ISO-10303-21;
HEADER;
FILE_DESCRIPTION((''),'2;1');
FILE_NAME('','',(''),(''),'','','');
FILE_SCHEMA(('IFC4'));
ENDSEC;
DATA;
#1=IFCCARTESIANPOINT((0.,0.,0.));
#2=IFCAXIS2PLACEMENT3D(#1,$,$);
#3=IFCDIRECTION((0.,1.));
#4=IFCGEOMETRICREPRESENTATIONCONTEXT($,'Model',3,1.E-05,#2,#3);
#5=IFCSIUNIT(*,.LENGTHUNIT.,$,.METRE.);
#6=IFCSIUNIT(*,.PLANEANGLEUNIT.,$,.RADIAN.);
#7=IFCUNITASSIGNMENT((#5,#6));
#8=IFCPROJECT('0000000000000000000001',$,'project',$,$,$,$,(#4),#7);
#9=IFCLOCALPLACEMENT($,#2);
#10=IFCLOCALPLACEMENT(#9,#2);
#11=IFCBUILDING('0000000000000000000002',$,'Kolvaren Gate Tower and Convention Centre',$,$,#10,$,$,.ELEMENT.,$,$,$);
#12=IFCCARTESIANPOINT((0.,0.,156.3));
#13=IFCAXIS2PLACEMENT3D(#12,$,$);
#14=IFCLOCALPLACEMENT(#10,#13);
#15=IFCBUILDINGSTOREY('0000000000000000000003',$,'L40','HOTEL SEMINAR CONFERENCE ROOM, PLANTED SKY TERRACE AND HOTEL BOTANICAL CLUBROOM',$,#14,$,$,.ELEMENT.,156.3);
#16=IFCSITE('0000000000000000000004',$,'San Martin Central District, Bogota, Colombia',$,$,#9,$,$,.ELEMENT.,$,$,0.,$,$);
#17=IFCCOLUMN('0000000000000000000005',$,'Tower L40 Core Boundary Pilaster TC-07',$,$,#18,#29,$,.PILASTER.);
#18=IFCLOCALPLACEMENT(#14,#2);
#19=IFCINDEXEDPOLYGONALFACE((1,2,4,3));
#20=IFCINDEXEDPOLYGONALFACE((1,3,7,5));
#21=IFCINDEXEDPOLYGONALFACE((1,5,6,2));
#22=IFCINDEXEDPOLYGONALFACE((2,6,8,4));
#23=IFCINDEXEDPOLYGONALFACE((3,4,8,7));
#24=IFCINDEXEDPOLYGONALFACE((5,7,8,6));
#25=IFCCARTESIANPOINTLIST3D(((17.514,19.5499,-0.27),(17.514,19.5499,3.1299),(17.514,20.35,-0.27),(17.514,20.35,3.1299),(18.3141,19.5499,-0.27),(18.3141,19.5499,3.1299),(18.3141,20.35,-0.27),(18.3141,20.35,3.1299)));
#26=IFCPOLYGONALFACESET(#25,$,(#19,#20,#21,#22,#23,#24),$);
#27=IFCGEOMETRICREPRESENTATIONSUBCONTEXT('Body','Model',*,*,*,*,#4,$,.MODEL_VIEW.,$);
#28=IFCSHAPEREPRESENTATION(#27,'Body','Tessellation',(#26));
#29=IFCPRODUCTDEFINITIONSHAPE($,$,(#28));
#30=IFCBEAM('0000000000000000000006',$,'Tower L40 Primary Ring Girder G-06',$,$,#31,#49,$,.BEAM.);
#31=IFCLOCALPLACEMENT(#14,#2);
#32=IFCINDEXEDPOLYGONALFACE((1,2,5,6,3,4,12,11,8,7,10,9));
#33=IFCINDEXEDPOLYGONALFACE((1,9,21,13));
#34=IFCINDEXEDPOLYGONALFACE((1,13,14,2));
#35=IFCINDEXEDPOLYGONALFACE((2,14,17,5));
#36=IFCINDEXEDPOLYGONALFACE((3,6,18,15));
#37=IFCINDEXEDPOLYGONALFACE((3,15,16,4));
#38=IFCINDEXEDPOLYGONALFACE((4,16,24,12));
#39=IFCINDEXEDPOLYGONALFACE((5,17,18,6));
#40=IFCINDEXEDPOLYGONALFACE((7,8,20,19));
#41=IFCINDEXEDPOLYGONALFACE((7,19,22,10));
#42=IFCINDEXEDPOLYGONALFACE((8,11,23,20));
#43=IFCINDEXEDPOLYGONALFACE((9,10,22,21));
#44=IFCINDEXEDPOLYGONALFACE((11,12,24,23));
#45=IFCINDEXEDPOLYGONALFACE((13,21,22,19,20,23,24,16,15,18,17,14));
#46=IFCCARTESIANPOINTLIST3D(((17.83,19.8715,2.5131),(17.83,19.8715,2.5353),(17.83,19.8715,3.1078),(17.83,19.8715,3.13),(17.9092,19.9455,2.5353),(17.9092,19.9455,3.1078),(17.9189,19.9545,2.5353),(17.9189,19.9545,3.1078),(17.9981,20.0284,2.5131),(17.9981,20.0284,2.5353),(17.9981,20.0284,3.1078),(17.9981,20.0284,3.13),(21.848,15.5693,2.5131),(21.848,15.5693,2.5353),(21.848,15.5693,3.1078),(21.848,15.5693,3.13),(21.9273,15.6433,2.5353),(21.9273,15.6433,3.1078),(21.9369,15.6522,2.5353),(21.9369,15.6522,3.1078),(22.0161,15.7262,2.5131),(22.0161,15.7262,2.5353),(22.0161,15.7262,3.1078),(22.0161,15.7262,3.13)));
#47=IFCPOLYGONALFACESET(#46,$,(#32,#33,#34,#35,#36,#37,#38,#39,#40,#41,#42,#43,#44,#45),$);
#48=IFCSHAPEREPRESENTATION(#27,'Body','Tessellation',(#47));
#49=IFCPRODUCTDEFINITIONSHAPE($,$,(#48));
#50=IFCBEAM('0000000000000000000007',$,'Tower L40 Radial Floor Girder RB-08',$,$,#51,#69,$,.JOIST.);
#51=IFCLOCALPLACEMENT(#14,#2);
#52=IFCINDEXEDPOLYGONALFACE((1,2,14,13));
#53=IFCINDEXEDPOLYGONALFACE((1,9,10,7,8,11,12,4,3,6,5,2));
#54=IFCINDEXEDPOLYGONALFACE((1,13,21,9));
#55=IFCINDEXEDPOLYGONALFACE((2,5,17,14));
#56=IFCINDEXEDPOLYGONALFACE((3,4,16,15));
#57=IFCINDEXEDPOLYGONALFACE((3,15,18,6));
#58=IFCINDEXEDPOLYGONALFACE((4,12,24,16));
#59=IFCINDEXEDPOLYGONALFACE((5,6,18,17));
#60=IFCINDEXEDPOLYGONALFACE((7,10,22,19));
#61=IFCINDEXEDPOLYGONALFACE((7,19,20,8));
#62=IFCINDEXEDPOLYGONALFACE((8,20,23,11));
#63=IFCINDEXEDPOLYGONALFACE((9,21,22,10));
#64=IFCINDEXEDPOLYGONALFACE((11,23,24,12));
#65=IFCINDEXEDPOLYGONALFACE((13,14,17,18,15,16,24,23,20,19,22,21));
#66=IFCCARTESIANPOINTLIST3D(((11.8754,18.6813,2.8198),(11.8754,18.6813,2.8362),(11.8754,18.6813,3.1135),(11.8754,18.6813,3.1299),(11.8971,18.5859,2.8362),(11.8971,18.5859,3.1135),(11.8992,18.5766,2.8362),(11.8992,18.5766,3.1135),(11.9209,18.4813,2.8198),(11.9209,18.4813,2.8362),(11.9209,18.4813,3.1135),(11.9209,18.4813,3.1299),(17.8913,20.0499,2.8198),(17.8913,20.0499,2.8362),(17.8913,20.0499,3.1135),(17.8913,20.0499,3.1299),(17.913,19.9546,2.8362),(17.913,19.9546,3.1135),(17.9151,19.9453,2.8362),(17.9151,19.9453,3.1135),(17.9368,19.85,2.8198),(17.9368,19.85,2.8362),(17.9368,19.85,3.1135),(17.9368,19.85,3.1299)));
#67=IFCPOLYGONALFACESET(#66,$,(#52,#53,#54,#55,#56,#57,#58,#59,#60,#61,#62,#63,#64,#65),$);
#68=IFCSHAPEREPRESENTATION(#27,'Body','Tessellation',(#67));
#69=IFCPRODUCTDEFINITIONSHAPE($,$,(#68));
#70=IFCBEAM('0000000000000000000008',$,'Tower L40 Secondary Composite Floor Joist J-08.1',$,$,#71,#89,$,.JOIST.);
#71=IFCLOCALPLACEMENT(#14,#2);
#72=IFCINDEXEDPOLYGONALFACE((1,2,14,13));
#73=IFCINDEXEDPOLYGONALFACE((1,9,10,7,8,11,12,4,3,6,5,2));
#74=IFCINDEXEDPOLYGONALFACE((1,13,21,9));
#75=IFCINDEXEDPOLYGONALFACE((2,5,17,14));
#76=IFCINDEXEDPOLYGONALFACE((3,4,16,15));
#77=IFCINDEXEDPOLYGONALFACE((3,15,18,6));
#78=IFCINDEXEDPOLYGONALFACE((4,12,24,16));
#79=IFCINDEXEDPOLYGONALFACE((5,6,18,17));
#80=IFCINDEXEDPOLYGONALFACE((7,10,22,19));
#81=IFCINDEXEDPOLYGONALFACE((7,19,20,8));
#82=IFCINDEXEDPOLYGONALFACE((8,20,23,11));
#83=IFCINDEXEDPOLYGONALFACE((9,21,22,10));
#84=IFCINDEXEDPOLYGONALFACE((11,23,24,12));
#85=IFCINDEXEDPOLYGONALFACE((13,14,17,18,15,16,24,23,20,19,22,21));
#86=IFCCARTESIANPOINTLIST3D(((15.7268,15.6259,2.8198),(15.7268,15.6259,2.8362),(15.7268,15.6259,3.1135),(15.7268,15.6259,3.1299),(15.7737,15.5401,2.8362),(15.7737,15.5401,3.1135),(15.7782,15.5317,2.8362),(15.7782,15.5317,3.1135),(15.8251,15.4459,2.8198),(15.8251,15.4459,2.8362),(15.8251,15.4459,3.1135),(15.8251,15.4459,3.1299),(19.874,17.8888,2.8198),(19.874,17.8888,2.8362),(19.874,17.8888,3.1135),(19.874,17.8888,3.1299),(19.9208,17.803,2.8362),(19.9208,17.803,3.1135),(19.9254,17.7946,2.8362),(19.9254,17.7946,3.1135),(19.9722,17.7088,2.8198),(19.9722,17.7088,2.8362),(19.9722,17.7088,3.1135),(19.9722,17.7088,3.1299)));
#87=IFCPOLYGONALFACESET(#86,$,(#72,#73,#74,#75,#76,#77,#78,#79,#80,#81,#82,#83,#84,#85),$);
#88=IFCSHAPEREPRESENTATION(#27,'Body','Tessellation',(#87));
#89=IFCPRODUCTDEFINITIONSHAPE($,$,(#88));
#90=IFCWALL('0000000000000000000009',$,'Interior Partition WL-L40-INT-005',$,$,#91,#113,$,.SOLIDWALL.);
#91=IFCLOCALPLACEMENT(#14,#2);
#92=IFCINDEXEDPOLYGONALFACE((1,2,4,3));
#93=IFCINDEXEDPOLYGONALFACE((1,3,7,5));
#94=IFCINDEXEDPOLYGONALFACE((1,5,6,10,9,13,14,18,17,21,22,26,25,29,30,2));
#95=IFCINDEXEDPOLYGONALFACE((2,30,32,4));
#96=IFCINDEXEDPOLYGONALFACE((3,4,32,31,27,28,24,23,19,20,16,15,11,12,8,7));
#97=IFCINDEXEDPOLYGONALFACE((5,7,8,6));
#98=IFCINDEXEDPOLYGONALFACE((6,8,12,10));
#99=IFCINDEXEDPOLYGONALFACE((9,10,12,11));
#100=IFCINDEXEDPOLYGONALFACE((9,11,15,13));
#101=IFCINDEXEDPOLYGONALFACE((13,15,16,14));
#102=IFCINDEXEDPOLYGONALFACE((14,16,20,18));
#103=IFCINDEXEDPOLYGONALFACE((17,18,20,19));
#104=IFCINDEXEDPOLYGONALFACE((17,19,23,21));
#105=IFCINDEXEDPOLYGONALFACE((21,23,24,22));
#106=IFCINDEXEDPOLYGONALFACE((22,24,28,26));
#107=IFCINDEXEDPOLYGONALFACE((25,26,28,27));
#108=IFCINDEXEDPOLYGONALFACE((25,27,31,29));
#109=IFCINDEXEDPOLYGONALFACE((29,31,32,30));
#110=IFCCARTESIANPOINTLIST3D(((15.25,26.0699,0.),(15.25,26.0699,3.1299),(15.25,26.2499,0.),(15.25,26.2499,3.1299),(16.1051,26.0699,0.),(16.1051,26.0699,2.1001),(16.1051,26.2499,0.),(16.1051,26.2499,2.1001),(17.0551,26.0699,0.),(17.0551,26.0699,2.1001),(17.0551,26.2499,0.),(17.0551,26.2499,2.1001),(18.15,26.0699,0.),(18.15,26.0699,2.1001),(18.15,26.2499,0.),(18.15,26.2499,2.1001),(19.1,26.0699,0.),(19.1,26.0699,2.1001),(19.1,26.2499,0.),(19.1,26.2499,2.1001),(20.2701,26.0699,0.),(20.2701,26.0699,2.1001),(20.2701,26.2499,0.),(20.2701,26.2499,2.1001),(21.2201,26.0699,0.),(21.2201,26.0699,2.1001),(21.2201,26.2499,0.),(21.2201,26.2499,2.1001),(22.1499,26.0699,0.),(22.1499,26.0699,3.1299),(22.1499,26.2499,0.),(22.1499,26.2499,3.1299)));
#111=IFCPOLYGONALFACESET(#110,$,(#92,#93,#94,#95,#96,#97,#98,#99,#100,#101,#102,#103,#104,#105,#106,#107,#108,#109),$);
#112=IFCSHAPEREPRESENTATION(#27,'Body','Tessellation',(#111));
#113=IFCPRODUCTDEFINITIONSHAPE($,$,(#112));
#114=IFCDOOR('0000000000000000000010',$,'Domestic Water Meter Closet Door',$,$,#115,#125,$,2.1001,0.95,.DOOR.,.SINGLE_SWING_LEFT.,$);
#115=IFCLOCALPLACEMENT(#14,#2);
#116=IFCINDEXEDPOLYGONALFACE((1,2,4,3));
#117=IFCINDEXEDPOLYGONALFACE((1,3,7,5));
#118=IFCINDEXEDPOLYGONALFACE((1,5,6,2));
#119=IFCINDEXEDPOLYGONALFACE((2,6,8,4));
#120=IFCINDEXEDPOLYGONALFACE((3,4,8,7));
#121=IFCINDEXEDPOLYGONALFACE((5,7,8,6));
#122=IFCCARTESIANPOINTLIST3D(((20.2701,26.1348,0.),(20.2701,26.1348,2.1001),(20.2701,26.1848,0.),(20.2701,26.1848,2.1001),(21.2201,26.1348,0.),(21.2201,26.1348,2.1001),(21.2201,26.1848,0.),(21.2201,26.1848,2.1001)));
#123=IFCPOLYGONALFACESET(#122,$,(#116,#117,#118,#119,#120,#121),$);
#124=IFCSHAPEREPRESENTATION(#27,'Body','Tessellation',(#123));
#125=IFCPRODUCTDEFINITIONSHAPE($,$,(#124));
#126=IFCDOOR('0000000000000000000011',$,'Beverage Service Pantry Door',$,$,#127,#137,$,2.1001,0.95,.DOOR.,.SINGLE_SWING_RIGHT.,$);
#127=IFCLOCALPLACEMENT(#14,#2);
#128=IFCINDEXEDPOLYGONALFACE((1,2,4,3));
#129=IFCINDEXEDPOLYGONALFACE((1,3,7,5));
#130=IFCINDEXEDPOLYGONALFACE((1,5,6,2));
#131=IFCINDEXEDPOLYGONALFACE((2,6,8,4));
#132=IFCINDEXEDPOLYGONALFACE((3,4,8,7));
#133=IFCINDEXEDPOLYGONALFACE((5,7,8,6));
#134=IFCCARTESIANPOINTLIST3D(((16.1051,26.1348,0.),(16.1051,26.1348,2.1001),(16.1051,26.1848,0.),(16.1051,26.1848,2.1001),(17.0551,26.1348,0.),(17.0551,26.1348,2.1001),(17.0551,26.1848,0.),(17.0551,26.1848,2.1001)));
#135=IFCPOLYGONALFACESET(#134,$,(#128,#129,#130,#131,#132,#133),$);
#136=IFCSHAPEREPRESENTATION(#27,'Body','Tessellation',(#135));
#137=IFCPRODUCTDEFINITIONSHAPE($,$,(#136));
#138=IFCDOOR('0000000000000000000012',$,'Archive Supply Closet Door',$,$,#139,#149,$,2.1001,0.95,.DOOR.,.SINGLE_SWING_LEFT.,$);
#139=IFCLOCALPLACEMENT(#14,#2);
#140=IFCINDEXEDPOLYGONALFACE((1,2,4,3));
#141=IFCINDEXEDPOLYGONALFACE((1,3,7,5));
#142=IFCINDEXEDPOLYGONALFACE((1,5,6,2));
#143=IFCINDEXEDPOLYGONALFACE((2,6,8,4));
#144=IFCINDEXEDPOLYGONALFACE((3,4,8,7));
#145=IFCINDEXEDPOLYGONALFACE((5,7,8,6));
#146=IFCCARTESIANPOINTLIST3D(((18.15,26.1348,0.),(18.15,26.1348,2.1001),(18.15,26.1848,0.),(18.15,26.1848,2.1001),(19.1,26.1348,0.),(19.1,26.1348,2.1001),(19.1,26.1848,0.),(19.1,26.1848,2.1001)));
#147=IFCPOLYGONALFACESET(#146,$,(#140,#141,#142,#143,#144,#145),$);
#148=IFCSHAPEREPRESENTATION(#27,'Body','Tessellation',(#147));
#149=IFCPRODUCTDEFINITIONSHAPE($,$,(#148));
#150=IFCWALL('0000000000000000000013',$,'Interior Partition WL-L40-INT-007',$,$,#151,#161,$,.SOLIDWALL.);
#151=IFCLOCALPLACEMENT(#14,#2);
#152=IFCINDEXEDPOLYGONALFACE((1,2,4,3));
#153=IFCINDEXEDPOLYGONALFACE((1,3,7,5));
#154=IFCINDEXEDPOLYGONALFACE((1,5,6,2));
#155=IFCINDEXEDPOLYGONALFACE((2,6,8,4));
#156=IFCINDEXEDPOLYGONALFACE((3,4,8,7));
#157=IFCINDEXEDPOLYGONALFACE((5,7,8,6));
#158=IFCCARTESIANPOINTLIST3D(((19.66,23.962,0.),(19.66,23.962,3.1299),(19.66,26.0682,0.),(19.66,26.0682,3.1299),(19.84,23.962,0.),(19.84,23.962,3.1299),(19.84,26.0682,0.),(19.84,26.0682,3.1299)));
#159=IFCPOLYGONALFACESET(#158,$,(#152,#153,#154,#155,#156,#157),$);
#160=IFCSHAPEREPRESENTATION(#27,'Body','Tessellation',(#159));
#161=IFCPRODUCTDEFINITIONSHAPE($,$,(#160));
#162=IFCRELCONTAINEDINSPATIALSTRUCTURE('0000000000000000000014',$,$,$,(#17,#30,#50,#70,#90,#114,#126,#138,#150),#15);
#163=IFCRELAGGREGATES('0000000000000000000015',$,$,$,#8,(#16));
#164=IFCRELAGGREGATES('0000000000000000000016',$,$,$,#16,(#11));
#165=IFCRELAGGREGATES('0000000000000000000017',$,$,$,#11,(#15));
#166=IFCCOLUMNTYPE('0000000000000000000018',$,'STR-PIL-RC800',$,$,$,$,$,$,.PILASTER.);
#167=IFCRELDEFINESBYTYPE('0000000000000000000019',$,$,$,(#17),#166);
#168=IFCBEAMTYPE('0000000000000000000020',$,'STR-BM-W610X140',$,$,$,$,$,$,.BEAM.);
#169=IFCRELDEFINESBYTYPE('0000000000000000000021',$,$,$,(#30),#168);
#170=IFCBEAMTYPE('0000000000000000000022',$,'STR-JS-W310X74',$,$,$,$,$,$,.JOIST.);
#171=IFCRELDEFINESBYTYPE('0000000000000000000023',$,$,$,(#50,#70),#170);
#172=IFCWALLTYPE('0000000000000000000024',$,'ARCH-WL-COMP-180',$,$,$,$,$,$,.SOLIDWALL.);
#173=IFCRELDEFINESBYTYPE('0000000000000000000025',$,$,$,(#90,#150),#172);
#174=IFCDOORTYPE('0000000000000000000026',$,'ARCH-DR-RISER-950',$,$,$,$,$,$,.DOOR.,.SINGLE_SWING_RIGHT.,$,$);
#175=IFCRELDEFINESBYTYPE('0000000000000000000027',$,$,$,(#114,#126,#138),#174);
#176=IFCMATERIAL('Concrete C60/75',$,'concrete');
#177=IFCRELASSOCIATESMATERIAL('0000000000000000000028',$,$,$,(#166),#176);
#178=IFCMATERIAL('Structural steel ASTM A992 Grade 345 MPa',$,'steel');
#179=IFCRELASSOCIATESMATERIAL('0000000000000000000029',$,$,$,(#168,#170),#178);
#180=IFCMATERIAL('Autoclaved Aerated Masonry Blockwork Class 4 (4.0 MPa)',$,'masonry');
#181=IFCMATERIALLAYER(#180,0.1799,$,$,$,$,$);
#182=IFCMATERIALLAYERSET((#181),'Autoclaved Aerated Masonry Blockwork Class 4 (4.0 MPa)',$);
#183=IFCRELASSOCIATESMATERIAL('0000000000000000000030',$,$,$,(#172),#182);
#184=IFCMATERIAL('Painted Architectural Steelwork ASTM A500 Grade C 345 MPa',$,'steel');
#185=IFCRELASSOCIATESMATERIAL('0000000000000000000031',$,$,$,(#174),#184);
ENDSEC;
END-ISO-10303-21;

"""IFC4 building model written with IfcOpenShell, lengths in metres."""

from ifc_helpers import new_model, si_unit, direction, frame, frame_2d, origin, origin_2d, place, context, subcontext, project, spatial, rectangle, i_section, extrude, material, layer, layer_set, material_profile, profile_set, type_object, element, fill, save


model = new_model("IFC4")

# Units and contexts
model_context = context("Model", 3, precision=1e-05, world=origin(), true_north=direction((0.0, 1.0)))
body_context = subcontext(model_context, "Body", "Model", "MODEL_VIEW")
ifc_project = project(units=[si_unit("LENGTHUNIT", "METRE"), si_unit("PLANEANGLEUNIT", "RADIAN")], contexts=[model_context])

# Site, building, storey
site_placement = place(None, origin())
site = spatial("IfcSite", under=ifc_project, at=site_placement, Name="San Martin Central District, Bogota, Colombia", CompositionType="ELEMENT", RefElevation=0.0)
building_placement = place(site_placement, origin())
building = spatial("IfcBuilding", under=site, at=building_placement, Name="Kolvaren Gate Tower and Convention Centre", CompositionType="ELEMENT")
storey_placement = place(building_placement, frame((0.0, 0.0, 156.3)))
storey = spatial("IfcBuildingStorey", under=building, at=storey_placement, Name="L40", Description="HOTEL SEMINAR CONFERENCE ROOM, PLANTED SKY TERRACE AND HOTEL BOTANICAL CLUBROOM", CompositionType="ELEMENT", Elevation=156.3)

# Column
ifc_material_1 = material(Name="Concrete C60/75", Category="concrete")
ifc_material_profile_1 = material_profile(ifc_material_1, rectangle(XDim=0.8, YDim=0.8, at=origin_2d()), Name="RC-COL-800X800")
ifc_profile_set_1 = profile_set([ifc_material_profile_1], Name="Concrete C60/75")
column_type = type_object("IfcColumnType", Name="STR-PIL-RC800", PredefinedType="PILASTER", material=ifc_profile_set_1)
column_placement = place(storey_placement, frame((17.9141, 19.95, -0.27), z_axis=(0.0, 0.0, 1.0), x_axis=(1.0, 0.0, 0.0)))
element("IfcColumn", 1, at=column_placement, inside=storey, type_object=column_type, Name="Tower L40 Core Boundary Pilaster TC-07", PredefinedType="PILASTER", context=body_context, shape_type="SweptSolid", body=[
    extrude(rectangle(XDim=0.8, YDim=0.8, at=origin_2d()), origin(), (0.0, 0.0, 1.0), 3.3999),
])

# Beams
ifc_material_2 = material(Name="Structural steel ASTM A992 Grade 345 MPa", Category="steel")
ifc_material_profile_2 = material_profile(ifc_material_2, i_section(OverallWidth=0.23, OverallDepth=0.6169, WebThickness=0.0132, FlangeThickness=0.0222, at=origin_2d()), Name="W610X140")
ifc_profile_set_2 = profile_set([ifc_material_profile_2], Name="Structural steel ASTM A992 Grade 345 MPa")
beam_type_1 = type_object("IfcBeamType", Name="STR-BM-W610X140", PredefinedType="BEAM", material=ifc_profile_set_2)
beam_1_placement = place(storey_placement, frame((17.9141, 19.95, 2.8215), z_axis=(0.682558, -0.730832, 0.0), x_axis=(0.730832, 0.682558, 0.0)))
element("IfcBeam", 2, at=beam_1_placement, inside=storey, type_object=beam_type_1, Name="Tower L40 Primary Ring Girder G-06", PredefinedType="BEAM", context=body_context, shape_type="SweptSolid", body=[
    extrude(i_section(OverallWidth=0.23, OverallDepth=0.6169, WebThickness=0.0132, FlangeThickness=0.0222, at=origin_2d()), origin(), (0.0, 0.0, 1.0), 5.8867),
])
ifc_material_profile_3 = material_profile(ifc_material_2, i_section(OverallWidth=0.2051, OverallDepth=0.3101, WebThickness=0.0095, FlangeThickness=0.0164, at=origin_2d()), Name="W310X74")
ifc_profile_set_3 = profile_set([ifc_material_profile_3], Name="Structural steel ASTM A992 Grade 345 MPa")
beam_type_2 = type_object("IfcBeamType", Name="STR-JS-W310X74", PredefinedType="JOIST", material=ifc_profile_set_3)
beam_2_placement = place(storey_placement, frame((17.9141, 19.95, 2.9749), z_axis=(-0.975083, -0.221838, 0.0), x_axis=(0.221838, -0.975083, 0.0)))
element("IfcBeam", 3, at=beam_2_placement, inside=storey, type_object=beam_type_2, Name="Tower L40 Radial Floor Girder RB-08", PredefinedType="JOIST", context=body_context, shape_type="SweptSolid", body=[
    extrude(i_section(OverallWidth=0.2051, OverallDepth=0.3101, WebThickness=0.0095, FlangeThickness=0.0164, at=origin_2d()), origin(), (0.0, 0.0, 1.0), 6.1697),
])
beam_3_placement = place(storey_placement, frame((19.9231, 17.7988, 2.9749), z_axis=(-0.877822, -0.478986, 0.0), x_axis=(0.478986, -0.877822, 0.0)))
element("IfcBeam", 4, at=beam_3_placement, inside=storey, type_object=beam_type_2, Name="Tower L40 Secondary Composite Floor Joist J-08.1", PredefinedType="JOIST", context=body_context, shape_type="SweptSolid", body=[
    extrude(i_section(OverallWidth=0.2051, OverallDepth=0.3101, WebThickness=0.0095, FlangeThickness=0.0164, at=origin_2d()), origin(), (0.0, 0.0, 1.0), 4.7244),
])

# Wall, openings, doors
ifc_material_3 = material(Name="Autoclaved Aerated Masonry Blockwork Class 4 (4.0 MPa)", Category="masonry")
ifc_layer_1 = layer(ifc_material_3, 0.1799)
ifc_layer_set_1 = layer_set([ifc_layer_1], Name="Autoclaved Aerated Masonry Blockwork Class 4 (4.0 MPa)")
wall_type_1 = type_object("IfcWallType", Name="ARCH-WL-COMP-180", PredefinedType="SOLIDWALL", material=ifc_layer_set_1)
wall_1_placement = place(storey_placement, frame((15.25, 26.1599, 0.0), z_axis=(0.0, 0.0, 1.0), x_axis=(1.0, 0.0, 0.0)))
wall_1 = element("IfcWall", 5, at=wall_1_placement, inside=storey, type_object=wall_type_1, Name="Interior Partition WL-L40-INT-005", PredefinedType="SOLIDWALL", context=body_context, shape_type="SweptSolid", body=[
    extrude(rectangle(XDim=6.8999, YDim=0.1799, at=frame_2d((3.45, 0.0))), origin(), (0.0, 0.0, 1.0), 3.1299),
])
opening_1_placement = place(wall_1_placement, frame((5.02, 0.0, 0.0)))
opening_1 = element("IfcOpeningElement", 6, at=opening_1_placement, cuts=wall_1, PredefinedType="OPENING", context=body_context, shape_type="SweptSolid", body=[
    extrude(rectangle(XDim=0.95, YDim=2.1001, at=frame_2d((0.4751, 1.05))), frame((0.0, 0.0999, 0.0), z_axis=(0.0, -1.0, 0.0), x_axis=(1.0, 0.0, 0.0)), (0.0, 0.0, 1.0), 0.2),
])
opening_2_placement = place(wall_1_placement, frame((0.855, 0.0, 0.0)))
opening_2 = element("IfcOpeningElement", 7, at=opening_2_placement, cuts=wall_1, PredefinedType="OPENING", context=body_context, shape_type="SweptSolid", body=[
    extrude(rectangle(XDim=0.95, YDim=2.1001, at=frame_2d((0.4751, 1.05))), frame((0.0, 0.0999, 0.0), z_axis=(0.0, -1.0, 0.0), x_axis=(1.0, 0.0, 0.0)), (0.0, 0.0, 1.0), 0.2),
])
opening_3_placement = place(wall_1_placement, frame((2.8999, 0.0, 0.0)))
opening_3 = element("IfcOpeningElement", 8, at=opening_3_placement, cuts=wall_1, PredefinedType="OPENING", context=body_context, shape_type="SweptSolid", body=[
    extrude(rectangle(XDim=0.95, YDim=2.1001, at=frame_2d((0.4751, 1.05))), frame((0.0, 0.0999, 0.0), z_axis=(0.0, -1.0, 0.0), x_axis=(1.0, 0.0, 0.0)), (0.0, 0.0, 1.0), 0.2),
])
ifc_material_4 = material(Name="Painted Architectural Steelwork ASTM A500 Grade C 345 MPa", Category="steel")
door_type_1 = type_object("IfcDoorType", Name="ARCH-DR-RISER-950", OperationType="SINGLE_SWING_RIGHT", PredefinedType="DOOR", material=ifc_material_4)
door_1_placement = place(opening_1_placement, origin())
door_1 = element("IfcDoor", 9, at=door_1_placement, inside=storey, type_object=door_type_1, Name="Domestic Water Meter Closet Door", OperationType="SINGLE_SWING_LEFT", OverallHeight=2.1001, OverallWidth=0.95, PredefinedType="DOOR", context=body_context, shape_type="SweptSolid", body=[
    extrude(rectangle(XDim=0.95, YDim=2.1001, at=frame_2d((0.4751, 1.05))), frame((0.0, 0.0249, 0.0), z_axis=(0.0, -1.0, 0.0), x_axis=(1.0, 0.0, 0.0)), (0.0, 0.0, 1.0), 0.05),
])
fill(opening_1, door_1)
door_2_placement = place(opening_2_placement, origin())
door_2 = element("IfcDoor", 10, at=door_2_placement, inside=storey, type_object=door_type_1, Name="Beverage Service Pantry Door", OperationType="SINGLE_SWING_RIGHT", OverallHeight=2.1001, OverallWidth=0.95, PredefinedType="DOOR", context=body_context, shape_type="SweptSolid", body=[
    extrude(rectangle(XDim=0.95, YDim=2.1001, at=frame_2d((0.4751, 1.05))), frame((0.0, 0.0249, 0.0), z_axis=(0.0, -1.0, 0.0), x_axis=(1.0, 0.0, 0.0)), (0.0, 0.0, 1.0), 0.05),
])
fill(opening_2, door_2)
door_3_placement = place(opening_3_placement, origin())
door_3 = element("IfcDoor", 11, at=door_3_placement, inside=storey, type_object=door_type_1, Name="Archive Supply Closet Door", OperationType="SINGLE_SWING_LEFT", OverallHeight=2.1001, OverallWidth=0.95, PredefinedType="DOOR", context=body_context, shape_type="SweptSolid", body=[
    extrude(rectangle(XDim=0.95, YDim=2.1001, at=frame_2d((0.4751, 1.05))), frame((0.0, 0.0249, 0.0), z_axis=(0.0, -1.0, 0.0), x_axis=(1.0, 0.0, 0.0)), (0.0, 0.0, 1.0), 0.05),
])
fill(opening_3, door_3)

# Wall
wall_2_placement = place(storey_placement, frame((19.75, 23.9619, 0.0), z_axis=(0.0, 0.0, 1.0), x_axis=(0.0, 1.0, 0.0)))
element("IfcWall", 12, at=wall_2_placement, inside=storey, type_object=wall_type_1, Name="Interior Partition WL-L40-INT-007", PredefinedType="SOLIDWALL", context=body_context, shape_type="SweptSolid", body=[
    extrude(rectangle(XDim=2.1062, YDim=0.1799, at=frame_2d((1.0532, 0.0))), origin(), (0.0, 0.0, 1.0), 3.1299),
])

save(model, "model.ifc")
